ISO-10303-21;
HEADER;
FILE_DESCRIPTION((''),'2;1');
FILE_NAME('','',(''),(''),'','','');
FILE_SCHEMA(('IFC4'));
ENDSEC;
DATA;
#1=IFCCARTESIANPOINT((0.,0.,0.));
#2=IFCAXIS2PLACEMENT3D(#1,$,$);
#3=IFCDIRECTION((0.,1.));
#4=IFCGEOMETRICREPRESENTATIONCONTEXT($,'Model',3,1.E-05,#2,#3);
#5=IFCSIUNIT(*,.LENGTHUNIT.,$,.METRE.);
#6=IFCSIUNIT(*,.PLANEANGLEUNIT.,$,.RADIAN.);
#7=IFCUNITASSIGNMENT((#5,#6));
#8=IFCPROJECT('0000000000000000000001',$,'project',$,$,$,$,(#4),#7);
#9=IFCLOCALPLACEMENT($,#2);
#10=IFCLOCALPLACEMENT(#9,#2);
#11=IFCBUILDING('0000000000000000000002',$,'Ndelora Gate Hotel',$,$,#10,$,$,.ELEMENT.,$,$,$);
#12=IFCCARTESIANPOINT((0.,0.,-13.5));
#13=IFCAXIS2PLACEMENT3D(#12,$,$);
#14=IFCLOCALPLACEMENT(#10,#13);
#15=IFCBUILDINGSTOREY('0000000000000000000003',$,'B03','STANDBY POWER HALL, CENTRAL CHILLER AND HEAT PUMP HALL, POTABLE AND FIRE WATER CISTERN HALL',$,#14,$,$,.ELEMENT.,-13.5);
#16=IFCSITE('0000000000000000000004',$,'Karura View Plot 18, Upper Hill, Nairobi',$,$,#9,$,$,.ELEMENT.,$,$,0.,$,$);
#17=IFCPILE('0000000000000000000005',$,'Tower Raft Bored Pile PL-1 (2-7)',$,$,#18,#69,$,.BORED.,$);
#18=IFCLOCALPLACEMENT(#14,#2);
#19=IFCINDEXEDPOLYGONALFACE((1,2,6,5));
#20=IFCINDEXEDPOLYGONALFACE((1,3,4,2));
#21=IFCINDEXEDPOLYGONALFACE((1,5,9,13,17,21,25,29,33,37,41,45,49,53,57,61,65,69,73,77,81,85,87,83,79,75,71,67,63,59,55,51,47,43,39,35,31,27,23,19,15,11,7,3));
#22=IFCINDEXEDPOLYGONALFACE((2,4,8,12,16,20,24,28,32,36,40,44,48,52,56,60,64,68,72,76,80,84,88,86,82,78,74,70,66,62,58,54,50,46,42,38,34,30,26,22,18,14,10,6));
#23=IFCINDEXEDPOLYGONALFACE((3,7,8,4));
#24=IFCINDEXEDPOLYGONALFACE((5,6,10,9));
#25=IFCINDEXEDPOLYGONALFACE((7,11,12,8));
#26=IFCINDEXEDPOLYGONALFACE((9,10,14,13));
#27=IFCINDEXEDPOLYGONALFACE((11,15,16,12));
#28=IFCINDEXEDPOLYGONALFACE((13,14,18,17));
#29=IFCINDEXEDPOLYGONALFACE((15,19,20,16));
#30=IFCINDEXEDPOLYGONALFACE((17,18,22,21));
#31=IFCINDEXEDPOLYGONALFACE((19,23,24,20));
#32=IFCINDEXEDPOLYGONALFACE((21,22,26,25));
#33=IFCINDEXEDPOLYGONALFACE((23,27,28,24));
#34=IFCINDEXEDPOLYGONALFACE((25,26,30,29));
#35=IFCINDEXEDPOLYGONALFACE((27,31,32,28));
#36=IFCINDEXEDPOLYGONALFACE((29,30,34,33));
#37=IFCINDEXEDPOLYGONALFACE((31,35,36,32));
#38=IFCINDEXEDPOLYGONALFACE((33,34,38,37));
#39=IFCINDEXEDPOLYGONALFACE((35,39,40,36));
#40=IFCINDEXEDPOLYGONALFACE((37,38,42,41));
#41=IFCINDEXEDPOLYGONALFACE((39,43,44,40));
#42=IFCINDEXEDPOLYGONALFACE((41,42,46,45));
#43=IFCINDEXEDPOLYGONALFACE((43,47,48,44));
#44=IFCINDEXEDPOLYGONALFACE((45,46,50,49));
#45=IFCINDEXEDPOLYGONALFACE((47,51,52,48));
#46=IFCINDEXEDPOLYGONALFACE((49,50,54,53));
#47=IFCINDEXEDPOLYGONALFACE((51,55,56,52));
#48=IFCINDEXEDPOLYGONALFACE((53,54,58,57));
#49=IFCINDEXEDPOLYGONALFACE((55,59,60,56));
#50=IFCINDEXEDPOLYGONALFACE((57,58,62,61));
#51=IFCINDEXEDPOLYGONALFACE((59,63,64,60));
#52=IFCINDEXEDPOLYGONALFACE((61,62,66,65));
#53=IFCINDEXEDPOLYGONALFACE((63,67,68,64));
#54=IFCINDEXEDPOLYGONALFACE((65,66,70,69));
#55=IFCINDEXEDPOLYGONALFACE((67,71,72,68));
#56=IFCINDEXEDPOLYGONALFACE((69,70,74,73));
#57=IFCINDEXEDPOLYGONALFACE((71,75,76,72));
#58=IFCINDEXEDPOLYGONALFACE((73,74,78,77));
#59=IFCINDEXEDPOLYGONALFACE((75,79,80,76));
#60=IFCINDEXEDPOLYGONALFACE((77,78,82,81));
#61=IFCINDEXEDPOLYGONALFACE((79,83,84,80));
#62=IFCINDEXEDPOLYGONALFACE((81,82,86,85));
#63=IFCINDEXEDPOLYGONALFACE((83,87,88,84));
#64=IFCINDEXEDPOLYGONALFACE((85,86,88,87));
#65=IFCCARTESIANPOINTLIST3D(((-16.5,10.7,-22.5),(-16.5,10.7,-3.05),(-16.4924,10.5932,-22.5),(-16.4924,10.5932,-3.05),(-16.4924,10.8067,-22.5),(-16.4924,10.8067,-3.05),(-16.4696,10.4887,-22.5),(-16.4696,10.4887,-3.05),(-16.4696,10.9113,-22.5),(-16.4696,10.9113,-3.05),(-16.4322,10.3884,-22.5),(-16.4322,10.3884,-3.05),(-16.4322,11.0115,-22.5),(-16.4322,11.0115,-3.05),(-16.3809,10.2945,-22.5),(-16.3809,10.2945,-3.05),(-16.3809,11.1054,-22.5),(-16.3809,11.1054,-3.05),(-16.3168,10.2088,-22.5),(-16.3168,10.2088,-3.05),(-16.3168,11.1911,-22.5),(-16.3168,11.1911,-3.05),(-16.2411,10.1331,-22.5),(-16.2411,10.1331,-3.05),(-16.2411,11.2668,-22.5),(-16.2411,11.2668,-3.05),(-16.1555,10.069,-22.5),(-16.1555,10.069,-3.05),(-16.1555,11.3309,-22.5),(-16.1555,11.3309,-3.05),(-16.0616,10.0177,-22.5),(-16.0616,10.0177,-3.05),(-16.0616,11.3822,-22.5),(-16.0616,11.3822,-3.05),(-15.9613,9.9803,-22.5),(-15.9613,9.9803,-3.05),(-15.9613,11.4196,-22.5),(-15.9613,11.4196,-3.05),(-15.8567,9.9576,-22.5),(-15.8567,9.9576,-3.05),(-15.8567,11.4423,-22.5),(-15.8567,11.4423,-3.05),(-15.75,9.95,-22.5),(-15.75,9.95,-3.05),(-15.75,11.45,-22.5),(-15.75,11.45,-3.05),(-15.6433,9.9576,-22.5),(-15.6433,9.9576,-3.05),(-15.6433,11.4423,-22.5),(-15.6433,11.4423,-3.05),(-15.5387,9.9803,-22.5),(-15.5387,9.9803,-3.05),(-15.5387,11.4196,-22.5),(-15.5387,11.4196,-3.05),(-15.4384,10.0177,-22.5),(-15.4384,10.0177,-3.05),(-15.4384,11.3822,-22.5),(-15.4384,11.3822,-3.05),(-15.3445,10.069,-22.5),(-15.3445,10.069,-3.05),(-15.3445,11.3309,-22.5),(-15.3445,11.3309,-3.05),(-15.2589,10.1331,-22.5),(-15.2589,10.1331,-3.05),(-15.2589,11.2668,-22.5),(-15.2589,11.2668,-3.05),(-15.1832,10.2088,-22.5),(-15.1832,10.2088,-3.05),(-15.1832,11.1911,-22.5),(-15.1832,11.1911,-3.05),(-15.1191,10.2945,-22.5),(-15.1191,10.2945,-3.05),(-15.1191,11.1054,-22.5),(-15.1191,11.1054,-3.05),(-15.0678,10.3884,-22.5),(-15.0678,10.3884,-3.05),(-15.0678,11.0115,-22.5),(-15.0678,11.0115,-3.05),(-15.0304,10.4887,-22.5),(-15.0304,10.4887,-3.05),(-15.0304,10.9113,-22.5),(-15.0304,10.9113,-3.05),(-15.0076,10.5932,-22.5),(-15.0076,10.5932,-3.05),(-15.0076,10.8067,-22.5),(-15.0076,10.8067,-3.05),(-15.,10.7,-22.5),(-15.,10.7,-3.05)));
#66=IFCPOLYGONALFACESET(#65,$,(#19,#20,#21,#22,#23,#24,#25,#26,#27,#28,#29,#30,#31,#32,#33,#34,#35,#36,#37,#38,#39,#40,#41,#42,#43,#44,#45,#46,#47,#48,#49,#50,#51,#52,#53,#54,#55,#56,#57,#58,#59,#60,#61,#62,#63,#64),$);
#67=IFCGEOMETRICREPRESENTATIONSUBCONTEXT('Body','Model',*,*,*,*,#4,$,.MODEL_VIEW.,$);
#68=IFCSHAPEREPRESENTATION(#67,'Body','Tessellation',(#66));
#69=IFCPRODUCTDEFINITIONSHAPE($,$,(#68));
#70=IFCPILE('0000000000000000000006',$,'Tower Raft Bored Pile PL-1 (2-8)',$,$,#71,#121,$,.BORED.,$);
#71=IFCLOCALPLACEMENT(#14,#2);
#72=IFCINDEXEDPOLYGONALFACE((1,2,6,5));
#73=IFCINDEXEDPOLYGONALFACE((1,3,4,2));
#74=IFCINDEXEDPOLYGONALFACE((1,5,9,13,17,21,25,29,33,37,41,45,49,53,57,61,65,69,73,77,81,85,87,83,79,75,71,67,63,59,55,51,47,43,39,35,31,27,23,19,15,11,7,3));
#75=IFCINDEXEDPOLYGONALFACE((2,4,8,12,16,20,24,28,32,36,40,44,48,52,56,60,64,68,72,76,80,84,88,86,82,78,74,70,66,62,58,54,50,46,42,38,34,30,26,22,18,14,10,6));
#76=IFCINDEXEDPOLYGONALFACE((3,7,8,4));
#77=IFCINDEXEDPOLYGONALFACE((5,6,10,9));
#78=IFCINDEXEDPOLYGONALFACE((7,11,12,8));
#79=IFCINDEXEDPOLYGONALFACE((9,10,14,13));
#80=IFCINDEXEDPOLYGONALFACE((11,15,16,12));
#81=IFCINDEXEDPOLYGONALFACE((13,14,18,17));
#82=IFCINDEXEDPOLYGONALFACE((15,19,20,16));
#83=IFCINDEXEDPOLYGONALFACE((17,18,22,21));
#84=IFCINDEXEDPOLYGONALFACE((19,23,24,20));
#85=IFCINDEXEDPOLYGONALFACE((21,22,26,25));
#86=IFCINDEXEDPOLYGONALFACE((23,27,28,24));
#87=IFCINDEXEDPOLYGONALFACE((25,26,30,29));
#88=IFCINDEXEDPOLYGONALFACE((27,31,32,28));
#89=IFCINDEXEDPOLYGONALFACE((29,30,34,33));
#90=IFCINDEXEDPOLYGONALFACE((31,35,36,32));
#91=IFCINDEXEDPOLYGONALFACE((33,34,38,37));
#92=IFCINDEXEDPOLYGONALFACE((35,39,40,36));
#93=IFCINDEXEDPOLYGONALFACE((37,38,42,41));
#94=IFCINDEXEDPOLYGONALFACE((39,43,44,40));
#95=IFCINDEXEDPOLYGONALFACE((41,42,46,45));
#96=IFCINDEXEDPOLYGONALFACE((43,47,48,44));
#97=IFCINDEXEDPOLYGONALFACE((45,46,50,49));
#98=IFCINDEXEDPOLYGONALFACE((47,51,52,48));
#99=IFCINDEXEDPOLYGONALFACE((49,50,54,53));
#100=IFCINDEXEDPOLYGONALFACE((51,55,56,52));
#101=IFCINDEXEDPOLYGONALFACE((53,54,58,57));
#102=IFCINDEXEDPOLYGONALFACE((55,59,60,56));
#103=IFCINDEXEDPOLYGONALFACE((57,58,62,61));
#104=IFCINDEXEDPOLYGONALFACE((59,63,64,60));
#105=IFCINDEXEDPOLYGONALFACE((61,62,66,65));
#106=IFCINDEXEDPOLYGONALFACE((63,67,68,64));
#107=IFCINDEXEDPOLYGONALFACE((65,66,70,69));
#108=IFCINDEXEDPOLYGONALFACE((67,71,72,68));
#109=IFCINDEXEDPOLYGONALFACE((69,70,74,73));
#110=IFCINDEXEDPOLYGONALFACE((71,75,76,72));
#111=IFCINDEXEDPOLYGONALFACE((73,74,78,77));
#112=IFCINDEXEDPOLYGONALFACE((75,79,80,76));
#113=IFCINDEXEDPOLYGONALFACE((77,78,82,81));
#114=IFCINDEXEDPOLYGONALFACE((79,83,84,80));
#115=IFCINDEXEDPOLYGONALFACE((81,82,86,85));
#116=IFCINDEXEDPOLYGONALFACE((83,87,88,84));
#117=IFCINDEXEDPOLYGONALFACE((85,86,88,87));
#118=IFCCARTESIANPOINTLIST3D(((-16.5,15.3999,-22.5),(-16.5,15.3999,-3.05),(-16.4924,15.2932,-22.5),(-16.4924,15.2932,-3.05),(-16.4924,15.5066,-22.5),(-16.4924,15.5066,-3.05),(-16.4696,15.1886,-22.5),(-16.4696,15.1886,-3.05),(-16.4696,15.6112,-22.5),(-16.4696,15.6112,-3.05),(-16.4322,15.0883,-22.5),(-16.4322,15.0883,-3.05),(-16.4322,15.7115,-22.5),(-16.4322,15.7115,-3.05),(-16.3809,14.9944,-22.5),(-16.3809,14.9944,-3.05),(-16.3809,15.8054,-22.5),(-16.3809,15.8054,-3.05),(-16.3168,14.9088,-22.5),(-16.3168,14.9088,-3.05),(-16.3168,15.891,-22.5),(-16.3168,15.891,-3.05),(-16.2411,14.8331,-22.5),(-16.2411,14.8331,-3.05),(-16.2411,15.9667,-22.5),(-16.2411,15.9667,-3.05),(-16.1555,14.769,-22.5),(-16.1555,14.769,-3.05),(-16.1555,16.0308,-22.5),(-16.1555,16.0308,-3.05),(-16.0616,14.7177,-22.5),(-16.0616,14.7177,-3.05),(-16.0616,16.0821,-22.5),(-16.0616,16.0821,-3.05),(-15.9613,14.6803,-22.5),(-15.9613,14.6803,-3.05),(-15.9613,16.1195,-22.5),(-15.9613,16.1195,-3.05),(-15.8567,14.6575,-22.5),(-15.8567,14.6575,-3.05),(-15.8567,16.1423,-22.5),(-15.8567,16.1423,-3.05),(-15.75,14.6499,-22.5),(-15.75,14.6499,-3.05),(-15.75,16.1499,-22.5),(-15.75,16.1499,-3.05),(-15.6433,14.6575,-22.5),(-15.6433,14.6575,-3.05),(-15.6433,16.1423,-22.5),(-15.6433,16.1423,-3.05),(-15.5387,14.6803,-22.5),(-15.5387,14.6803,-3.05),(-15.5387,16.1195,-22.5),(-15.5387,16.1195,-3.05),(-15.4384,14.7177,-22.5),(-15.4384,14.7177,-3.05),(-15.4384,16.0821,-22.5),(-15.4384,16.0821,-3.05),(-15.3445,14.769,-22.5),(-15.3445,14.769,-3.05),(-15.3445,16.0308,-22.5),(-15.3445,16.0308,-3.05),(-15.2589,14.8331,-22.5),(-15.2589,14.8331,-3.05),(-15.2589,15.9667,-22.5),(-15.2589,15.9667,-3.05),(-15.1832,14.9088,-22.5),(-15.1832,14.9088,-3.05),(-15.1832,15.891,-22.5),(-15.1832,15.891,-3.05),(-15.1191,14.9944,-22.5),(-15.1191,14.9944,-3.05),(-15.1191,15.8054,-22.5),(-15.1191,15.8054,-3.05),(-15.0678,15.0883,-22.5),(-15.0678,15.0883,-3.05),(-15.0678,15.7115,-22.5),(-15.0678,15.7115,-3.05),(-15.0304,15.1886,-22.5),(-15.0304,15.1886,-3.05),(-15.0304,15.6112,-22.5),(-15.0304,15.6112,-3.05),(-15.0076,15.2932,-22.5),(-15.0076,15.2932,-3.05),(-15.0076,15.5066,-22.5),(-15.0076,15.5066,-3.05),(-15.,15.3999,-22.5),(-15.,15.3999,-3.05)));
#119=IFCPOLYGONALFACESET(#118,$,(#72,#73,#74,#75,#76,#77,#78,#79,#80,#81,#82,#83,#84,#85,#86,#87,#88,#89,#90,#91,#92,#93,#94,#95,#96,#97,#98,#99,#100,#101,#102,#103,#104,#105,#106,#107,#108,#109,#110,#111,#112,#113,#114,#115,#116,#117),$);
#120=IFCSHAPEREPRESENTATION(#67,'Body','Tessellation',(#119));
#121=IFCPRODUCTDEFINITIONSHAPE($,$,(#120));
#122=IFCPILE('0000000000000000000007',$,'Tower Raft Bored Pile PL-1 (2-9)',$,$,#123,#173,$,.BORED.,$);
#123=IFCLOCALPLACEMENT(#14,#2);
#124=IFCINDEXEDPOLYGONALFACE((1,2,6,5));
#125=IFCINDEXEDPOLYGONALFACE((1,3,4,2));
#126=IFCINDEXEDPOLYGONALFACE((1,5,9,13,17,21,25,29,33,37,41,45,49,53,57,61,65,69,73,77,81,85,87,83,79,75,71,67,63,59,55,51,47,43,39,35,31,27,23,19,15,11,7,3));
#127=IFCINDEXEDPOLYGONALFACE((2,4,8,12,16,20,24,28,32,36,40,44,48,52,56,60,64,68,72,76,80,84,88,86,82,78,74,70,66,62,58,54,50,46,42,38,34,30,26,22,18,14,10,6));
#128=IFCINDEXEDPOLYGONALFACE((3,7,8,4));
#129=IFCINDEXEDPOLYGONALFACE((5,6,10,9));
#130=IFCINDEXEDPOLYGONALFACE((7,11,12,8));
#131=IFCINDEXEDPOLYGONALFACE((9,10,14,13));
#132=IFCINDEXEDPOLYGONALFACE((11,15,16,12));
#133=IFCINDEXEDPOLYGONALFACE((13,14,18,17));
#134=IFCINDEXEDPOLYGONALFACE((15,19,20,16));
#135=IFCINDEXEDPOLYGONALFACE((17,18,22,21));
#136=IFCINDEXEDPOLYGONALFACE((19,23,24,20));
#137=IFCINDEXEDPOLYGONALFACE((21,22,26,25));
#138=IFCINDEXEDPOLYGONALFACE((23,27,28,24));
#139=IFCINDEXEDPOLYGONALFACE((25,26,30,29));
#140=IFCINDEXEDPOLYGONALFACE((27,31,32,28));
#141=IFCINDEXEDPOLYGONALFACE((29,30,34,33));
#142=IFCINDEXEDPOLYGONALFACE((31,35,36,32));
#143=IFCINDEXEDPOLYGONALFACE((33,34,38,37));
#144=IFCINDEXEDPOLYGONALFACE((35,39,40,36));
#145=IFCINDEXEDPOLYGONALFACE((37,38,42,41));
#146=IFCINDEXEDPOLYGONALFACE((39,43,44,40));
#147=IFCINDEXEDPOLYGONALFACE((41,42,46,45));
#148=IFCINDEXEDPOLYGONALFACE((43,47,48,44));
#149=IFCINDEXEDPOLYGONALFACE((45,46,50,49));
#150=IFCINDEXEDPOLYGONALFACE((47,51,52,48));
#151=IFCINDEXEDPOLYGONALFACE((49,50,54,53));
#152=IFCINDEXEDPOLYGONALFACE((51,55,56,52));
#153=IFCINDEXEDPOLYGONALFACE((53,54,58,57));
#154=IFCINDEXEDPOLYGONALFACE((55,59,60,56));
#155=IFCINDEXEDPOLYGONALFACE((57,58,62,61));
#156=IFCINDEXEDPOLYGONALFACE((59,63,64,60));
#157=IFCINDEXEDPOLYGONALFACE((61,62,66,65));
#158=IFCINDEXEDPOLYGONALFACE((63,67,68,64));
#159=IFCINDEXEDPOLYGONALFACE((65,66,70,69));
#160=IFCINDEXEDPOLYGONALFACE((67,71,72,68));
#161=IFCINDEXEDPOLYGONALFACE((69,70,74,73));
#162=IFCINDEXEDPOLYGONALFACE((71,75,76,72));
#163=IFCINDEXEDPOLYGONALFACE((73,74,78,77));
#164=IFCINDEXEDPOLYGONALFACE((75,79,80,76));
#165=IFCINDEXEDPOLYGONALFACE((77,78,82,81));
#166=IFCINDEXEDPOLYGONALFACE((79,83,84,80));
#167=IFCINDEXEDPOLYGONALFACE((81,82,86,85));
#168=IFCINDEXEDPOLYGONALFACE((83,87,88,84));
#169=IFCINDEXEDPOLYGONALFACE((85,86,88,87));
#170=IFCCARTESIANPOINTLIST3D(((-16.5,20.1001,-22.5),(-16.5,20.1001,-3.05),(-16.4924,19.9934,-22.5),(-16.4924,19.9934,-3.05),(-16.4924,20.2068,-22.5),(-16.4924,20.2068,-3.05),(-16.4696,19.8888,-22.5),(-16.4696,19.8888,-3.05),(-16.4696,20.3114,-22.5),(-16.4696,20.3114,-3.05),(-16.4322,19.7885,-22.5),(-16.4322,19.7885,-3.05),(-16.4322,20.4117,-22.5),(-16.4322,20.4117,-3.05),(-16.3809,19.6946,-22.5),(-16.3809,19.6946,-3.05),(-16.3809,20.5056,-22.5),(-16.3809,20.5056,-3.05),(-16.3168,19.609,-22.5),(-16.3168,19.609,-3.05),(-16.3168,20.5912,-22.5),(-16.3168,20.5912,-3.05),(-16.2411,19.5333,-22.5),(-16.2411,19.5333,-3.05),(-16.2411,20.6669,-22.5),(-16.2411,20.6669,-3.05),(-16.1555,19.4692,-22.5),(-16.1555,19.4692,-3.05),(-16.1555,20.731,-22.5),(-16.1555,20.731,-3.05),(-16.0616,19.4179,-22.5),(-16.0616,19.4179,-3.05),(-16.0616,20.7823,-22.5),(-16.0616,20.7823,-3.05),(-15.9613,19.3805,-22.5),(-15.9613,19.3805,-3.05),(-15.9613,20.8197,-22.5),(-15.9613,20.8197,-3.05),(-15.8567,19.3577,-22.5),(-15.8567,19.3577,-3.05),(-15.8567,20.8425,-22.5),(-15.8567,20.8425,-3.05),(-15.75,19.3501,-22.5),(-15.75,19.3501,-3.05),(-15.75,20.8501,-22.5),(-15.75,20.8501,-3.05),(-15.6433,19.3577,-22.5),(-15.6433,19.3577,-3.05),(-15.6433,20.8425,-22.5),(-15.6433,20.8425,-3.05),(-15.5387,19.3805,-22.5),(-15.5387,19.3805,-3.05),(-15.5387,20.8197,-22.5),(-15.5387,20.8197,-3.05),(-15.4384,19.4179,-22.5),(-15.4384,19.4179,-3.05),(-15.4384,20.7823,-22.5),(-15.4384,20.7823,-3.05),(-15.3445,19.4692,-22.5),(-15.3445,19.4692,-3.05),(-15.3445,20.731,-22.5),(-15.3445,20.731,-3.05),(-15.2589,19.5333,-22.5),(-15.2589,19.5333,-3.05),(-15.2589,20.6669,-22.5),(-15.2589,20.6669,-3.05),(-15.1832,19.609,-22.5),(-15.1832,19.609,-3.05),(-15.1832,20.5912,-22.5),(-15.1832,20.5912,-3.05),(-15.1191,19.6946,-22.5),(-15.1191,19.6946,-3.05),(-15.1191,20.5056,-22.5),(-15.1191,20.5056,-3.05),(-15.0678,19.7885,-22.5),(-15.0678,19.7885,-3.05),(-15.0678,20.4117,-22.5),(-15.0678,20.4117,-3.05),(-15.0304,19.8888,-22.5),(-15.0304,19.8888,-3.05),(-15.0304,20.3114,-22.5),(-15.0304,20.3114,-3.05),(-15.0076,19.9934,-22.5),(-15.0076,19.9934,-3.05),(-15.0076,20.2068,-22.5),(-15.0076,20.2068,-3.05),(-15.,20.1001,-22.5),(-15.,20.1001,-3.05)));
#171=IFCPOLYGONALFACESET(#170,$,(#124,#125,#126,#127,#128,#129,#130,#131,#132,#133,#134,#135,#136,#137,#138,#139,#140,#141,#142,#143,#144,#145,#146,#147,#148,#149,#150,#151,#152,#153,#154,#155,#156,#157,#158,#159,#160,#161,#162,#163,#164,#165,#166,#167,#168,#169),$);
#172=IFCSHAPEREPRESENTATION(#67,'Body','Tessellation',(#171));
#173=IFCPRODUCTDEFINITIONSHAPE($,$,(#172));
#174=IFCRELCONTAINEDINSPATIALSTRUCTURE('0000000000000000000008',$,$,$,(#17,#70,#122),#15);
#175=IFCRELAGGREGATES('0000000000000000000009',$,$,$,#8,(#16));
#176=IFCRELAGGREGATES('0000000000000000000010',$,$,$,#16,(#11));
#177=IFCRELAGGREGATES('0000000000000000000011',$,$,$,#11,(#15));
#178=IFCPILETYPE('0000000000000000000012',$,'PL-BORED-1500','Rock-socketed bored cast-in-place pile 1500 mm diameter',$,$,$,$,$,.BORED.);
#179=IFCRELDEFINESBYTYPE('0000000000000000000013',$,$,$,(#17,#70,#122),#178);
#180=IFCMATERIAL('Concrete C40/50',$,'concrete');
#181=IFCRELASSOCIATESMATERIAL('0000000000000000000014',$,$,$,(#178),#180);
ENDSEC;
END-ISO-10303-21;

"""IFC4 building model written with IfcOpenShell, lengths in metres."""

from ifc_helpers import new_model, si_unit, direction, frame, origin, origin_2d, place, context, subcontext, project, spatial, circle, extrude, material, material_profile, profile_set, type_object, element, save


model = new_model("IFC4")

# Units and contexts
model_context = context("Model", 3, precision=1e-05, world=origin(), true_north=direction((0.0, 1.0)))
body_context = subcontext(model_context, "Body", "Model", "MODEL_VIEW")
ifc_project = project(units=[si_unit("LENGTHUNIT", "METRE"), si_unit("PLANEANGLEUNIT", "RADIAN")], contexts=[model_context])

# Site, building, storey
site_placement = place(None, origin())
site = spatial("IfcSite", under=ifc_project, at=site_placement, Name="Karura View Plot 18, Upper Hill, Nairobi", CompositionType="ELEMENT", RefElevation=0.0)
building_placement = place(site_placement, origin())
building = spatial("IfcBuilding", under=site, at=building_placement, Name="Ndelora Gate Hotel", CompositionType="ELEMENT")
storey_placement = place(building_placement, frame((0.0, 0.0, -13.5)))
storey = spatial("IfcBuildingStorey", under=building, at=storey_placement, Name="B03", Description="STANDBY POWER HALL, CENTRAL CHILLER AND HEAT PUMP HALL, POTABLE AND FIRE WATER CISTERN HALL", CompositionType="ELEMENT", Elevation=-13.5)

# Piles
ifc_material_1 = material(Name="Concrete C40/50", Category="concrete")
ifc_material_profile_1 = material_profile(ifc_material_1, circle(Radius=0.75, at=origin_2d()), Name="PILE D1500")
ifc_profile_set_1 = profile_set([ifc_material_profile_1], Name="Concrete C40/50")
pile_type = type_object("IfcPileType", Name="PL-BORED-1500", Description="Rock-socketed bored cast-in-place pile 1500 mm diameter", PredefinedType="BORED", material=ifc_profile_set_1)
for number, where, z_axis, x_axis, name in (
    (1, (-15.75, 10.7, -3.05), (0.0, 0.0, -1.0), (1.0, 0.0, 0.0), "Tower Raft Bored Pile PL-1 (2-7)"),
    (2, (-15.75, 15.3999, -3.05), (0.0, 0.0, -1.0), (1.0, 0.0, 0.0), "Tower Raft Bored Pile PL-1 (2-8)"),
    (3, (-15.75, 20.1001, -3.05), (0.0, 0.0, -1.0), (1.0, 0.0, 0.0), "Tower Raft Bored Pile PL-1 (2-9)"),
):
    element("IfcPile", number, at=place(storey_placement, frame(where, z_axis=z_axis, x_axis=x_axis)), inside=storey, type_object=pile_type, Name=name, PredefinedType="BORED", context=body_context, shape_type="SweptSolid", body=[
        extrude(circle(Radius=0.75, at=origin_2d()), origin(), (0.0, 0.0, 1.0), 19.45),
    ])

save(model, "model.ifc")
